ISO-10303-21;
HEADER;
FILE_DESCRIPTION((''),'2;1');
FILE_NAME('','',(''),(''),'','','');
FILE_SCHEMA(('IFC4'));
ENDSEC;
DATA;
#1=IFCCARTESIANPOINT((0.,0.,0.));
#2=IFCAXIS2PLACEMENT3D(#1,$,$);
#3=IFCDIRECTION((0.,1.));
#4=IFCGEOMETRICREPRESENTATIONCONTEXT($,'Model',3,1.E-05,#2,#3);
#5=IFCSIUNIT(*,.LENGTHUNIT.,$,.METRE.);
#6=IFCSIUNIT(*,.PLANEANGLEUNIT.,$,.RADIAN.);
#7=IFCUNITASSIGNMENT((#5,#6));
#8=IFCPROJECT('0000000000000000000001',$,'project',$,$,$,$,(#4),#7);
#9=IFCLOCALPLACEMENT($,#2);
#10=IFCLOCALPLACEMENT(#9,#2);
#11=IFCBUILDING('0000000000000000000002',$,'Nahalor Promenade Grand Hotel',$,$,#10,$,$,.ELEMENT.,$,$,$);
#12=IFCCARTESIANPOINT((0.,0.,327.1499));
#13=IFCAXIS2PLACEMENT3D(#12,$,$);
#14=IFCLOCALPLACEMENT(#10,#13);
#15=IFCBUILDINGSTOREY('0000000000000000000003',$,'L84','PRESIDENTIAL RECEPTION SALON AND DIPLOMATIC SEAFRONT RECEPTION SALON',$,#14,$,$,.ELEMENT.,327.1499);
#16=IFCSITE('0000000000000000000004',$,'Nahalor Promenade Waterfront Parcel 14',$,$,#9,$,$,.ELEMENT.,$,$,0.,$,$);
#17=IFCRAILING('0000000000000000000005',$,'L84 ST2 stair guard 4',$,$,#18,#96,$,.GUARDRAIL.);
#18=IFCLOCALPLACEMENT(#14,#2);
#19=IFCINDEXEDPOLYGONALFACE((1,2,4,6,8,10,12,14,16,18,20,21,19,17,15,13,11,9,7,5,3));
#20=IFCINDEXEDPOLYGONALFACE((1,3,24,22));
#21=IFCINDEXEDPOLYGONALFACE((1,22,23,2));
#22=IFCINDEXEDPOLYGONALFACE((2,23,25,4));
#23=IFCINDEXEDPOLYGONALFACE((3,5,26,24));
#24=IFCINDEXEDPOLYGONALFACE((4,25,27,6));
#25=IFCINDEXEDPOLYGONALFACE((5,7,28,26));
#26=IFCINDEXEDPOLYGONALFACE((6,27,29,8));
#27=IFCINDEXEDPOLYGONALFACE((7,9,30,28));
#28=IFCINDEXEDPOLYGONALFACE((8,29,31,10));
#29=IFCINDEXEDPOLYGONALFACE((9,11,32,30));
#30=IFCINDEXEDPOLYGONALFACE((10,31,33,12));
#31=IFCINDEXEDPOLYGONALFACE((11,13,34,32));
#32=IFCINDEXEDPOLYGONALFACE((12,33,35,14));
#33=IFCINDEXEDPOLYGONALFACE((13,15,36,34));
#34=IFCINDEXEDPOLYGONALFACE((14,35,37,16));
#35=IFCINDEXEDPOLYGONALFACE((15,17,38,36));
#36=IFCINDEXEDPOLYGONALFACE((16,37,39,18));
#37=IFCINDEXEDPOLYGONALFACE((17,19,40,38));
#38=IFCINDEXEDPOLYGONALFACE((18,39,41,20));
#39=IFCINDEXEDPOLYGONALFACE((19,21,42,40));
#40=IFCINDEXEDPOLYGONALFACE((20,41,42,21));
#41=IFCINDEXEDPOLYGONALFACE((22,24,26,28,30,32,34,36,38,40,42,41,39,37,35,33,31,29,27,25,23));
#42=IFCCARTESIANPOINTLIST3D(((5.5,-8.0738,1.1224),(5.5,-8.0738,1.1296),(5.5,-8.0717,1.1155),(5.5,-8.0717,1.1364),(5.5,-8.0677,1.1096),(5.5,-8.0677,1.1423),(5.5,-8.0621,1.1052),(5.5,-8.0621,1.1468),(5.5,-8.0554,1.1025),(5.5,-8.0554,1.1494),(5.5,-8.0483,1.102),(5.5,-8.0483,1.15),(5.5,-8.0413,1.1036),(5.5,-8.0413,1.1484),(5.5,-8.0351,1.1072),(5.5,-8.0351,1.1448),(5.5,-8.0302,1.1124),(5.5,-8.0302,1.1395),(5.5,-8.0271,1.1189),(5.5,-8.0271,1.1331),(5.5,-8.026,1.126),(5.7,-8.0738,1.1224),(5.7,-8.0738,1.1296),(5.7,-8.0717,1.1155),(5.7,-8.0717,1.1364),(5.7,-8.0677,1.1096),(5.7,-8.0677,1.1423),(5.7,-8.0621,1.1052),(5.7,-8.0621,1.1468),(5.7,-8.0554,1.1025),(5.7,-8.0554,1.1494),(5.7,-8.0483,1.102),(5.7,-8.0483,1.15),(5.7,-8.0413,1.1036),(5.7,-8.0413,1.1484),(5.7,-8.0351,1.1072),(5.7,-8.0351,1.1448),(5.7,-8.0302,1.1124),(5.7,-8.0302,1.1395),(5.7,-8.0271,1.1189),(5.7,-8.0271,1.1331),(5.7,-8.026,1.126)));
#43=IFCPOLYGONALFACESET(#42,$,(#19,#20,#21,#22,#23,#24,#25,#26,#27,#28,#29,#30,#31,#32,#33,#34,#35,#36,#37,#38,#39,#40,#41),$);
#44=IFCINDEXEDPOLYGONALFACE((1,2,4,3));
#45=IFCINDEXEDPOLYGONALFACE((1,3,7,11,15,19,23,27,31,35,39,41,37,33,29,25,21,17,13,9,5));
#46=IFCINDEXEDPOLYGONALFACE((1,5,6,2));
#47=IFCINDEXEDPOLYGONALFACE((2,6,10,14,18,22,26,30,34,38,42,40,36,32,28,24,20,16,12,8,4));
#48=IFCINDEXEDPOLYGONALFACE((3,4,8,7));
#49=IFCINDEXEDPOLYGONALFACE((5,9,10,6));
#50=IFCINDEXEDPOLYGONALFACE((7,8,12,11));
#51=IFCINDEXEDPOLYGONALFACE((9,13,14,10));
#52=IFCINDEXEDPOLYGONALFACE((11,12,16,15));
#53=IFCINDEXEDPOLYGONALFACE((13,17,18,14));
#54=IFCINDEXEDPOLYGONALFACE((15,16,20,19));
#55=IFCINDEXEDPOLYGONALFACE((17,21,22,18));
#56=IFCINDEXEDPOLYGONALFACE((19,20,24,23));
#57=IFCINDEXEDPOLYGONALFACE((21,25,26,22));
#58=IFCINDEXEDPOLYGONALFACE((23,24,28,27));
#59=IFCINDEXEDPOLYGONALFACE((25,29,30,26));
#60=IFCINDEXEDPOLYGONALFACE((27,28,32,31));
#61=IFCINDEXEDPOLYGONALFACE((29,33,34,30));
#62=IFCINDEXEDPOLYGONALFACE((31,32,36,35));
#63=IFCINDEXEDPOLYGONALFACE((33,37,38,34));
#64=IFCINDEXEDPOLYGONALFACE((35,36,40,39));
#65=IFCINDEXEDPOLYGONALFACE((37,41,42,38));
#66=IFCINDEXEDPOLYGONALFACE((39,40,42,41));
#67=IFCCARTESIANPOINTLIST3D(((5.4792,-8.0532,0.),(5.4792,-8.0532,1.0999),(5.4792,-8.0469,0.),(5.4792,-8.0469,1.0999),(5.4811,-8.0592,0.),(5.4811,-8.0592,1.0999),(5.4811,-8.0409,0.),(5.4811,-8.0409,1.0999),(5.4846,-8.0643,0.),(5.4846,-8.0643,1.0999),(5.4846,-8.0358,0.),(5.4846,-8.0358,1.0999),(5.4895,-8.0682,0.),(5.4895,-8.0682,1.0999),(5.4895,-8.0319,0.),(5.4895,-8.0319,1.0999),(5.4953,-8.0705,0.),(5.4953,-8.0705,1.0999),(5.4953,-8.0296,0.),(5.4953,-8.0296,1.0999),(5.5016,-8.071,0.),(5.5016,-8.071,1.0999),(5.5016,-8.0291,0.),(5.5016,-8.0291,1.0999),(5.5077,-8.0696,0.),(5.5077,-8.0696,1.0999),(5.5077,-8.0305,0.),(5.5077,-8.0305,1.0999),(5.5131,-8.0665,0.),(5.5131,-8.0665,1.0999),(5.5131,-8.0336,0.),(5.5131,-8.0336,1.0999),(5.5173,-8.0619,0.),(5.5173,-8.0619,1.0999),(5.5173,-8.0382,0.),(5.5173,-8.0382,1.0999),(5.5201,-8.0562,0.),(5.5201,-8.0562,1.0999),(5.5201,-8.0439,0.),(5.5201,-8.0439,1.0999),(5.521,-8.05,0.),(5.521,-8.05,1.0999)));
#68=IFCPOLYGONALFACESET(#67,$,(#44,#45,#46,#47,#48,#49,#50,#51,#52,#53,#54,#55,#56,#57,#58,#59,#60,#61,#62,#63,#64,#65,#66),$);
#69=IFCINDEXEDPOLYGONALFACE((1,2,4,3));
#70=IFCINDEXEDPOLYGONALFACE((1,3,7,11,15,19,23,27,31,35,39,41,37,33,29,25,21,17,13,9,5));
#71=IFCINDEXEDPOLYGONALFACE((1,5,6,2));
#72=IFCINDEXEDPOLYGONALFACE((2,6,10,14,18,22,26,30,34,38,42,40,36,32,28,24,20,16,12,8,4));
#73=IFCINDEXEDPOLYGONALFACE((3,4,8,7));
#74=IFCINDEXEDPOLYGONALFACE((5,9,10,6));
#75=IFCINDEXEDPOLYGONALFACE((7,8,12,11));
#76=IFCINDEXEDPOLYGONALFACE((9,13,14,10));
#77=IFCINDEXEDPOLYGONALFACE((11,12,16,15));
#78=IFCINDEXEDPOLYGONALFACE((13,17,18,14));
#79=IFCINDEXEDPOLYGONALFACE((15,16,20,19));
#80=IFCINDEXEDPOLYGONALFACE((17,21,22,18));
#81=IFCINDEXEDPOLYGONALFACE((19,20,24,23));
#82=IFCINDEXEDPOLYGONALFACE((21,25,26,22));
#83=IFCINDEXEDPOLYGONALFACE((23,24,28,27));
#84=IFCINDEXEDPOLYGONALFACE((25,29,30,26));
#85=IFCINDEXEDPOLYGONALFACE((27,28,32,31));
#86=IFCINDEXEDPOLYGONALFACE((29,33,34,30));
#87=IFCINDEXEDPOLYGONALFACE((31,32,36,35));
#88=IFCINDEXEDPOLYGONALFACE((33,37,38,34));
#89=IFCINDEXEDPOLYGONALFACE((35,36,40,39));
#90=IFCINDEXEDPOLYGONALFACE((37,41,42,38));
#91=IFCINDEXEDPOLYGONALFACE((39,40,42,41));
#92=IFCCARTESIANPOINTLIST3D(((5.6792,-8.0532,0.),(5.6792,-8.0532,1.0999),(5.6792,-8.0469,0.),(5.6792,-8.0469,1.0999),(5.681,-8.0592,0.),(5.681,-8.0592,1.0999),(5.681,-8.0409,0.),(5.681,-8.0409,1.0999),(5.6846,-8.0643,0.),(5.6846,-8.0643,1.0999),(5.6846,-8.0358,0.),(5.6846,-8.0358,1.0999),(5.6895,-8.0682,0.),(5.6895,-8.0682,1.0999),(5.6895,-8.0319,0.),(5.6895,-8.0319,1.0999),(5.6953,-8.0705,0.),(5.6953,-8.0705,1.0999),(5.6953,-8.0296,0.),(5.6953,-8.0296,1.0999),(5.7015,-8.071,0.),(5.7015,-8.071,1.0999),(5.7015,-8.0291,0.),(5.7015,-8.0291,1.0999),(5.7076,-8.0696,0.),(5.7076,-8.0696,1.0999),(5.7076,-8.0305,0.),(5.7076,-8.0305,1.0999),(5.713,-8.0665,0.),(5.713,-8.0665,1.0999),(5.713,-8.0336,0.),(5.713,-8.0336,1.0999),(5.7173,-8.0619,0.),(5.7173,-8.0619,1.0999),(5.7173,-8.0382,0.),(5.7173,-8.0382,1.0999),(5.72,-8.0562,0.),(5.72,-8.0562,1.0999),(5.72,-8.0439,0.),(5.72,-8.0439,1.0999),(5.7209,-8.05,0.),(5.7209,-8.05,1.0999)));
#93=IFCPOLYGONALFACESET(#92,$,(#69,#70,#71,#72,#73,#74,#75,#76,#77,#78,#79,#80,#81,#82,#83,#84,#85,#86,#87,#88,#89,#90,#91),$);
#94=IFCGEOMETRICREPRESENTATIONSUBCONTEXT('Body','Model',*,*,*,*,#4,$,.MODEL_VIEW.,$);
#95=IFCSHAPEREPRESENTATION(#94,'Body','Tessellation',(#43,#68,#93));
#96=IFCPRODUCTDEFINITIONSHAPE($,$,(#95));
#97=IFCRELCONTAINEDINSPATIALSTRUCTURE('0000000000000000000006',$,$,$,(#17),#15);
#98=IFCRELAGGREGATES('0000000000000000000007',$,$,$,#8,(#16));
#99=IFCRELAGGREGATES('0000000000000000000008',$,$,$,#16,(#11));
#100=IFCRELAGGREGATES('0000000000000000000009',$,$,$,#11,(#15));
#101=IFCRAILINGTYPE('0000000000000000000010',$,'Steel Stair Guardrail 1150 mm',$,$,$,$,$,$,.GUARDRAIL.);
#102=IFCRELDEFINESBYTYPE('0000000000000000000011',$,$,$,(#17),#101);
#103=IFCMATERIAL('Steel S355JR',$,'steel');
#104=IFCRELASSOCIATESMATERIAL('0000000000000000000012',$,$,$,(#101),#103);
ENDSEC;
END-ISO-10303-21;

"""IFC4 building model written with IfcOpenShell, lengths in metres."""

from ifc_helpers import new_model, si_unit, direction, frame, origin, origin_2d, place, context, subcontext, project, spatial, circle, extrude, material, type_object, element, save


model = new_model("IFC4")

# Units and contexts
model_context = context("Model", 3, precision=1e-05, world=origin(), true_north=direction((0.0, 1.0)))
body_context = subcontext(model_context, "Body", "Model", "MODEL_VIEW")
ifc_project = project(units=[si_unit("LENGTHUNIT", "METRE"), si_unit("PLANEANGLEUNIT", "RADIAN")], contexts=[model_context])

# Site, building, storey
site_placement = place(None, origin())
site = spatial("IfcSite", under=ifc_project, at=site_placement, Name="Nahalor Promenade Waterfront Parcel 14", CompositionType="ELEMENT", RefElevation=0.0)
building_placement = place(site_placement, origin())
building = spatial("IfcBuilding", under=site, at=building_placement, Name="Nahalor Promenade Grand Hotel", CompositionType="ELEMENT")
storey_placement = place(building_placement, frame((0.0, 0.0, 327.1499)))
storey = spatial("IfcBuildingStorey", under=building, at=storey_placement, Name="L84", Description="PRESIDENTIAL RECEPTION SALON AND DIPLOMATIC SEAFRONT RECEPTION SALON", CompositionType="ELEMENT", Elevation=327.1499)

# Shared definitions
ifc_material_1 = material(Name="Steel S355JR", Category="steel")

# Railing
railing_type_1 = type_object("IfcRailingType", Name="Steel Stair Guardrail 1150 mm", PredefinedType="GUARDRAIL", material=ifc_material_1)
railing_1_placement = place(storey_placement, frame((5.5, -8.05, 0.0)))
element("IfcRailing", 1, at=railing_1_placement, inside=storey, type_object=railing_type_1, Name="L84 ST2 stair guard 4", PredefinedType="GUARDRAIL", context=body_context, shape_type="SweptSolid", body=[
    extrude(circle(Radius=0.024, at=origin_2d()), frame((0.0, 0.0, 1.126), z_axis=(1.0, 0.0, 0.0), x_axis=(0.0, 1.0, 0.0)), (0.0, 0.0, 1.0), 0.2),
    extrude(circle(Radius=0.021, at=origin_2d()), origin(), (0.0, 0.0, 1.0), 1.0999),
    extrude(circle(Radius=0.021, at=origin_2d()), frame((0.2, 0.0, 0.0)), (0.0, 0.0, 1.0), 1.0999),
])

save(model, "model.ifc")
